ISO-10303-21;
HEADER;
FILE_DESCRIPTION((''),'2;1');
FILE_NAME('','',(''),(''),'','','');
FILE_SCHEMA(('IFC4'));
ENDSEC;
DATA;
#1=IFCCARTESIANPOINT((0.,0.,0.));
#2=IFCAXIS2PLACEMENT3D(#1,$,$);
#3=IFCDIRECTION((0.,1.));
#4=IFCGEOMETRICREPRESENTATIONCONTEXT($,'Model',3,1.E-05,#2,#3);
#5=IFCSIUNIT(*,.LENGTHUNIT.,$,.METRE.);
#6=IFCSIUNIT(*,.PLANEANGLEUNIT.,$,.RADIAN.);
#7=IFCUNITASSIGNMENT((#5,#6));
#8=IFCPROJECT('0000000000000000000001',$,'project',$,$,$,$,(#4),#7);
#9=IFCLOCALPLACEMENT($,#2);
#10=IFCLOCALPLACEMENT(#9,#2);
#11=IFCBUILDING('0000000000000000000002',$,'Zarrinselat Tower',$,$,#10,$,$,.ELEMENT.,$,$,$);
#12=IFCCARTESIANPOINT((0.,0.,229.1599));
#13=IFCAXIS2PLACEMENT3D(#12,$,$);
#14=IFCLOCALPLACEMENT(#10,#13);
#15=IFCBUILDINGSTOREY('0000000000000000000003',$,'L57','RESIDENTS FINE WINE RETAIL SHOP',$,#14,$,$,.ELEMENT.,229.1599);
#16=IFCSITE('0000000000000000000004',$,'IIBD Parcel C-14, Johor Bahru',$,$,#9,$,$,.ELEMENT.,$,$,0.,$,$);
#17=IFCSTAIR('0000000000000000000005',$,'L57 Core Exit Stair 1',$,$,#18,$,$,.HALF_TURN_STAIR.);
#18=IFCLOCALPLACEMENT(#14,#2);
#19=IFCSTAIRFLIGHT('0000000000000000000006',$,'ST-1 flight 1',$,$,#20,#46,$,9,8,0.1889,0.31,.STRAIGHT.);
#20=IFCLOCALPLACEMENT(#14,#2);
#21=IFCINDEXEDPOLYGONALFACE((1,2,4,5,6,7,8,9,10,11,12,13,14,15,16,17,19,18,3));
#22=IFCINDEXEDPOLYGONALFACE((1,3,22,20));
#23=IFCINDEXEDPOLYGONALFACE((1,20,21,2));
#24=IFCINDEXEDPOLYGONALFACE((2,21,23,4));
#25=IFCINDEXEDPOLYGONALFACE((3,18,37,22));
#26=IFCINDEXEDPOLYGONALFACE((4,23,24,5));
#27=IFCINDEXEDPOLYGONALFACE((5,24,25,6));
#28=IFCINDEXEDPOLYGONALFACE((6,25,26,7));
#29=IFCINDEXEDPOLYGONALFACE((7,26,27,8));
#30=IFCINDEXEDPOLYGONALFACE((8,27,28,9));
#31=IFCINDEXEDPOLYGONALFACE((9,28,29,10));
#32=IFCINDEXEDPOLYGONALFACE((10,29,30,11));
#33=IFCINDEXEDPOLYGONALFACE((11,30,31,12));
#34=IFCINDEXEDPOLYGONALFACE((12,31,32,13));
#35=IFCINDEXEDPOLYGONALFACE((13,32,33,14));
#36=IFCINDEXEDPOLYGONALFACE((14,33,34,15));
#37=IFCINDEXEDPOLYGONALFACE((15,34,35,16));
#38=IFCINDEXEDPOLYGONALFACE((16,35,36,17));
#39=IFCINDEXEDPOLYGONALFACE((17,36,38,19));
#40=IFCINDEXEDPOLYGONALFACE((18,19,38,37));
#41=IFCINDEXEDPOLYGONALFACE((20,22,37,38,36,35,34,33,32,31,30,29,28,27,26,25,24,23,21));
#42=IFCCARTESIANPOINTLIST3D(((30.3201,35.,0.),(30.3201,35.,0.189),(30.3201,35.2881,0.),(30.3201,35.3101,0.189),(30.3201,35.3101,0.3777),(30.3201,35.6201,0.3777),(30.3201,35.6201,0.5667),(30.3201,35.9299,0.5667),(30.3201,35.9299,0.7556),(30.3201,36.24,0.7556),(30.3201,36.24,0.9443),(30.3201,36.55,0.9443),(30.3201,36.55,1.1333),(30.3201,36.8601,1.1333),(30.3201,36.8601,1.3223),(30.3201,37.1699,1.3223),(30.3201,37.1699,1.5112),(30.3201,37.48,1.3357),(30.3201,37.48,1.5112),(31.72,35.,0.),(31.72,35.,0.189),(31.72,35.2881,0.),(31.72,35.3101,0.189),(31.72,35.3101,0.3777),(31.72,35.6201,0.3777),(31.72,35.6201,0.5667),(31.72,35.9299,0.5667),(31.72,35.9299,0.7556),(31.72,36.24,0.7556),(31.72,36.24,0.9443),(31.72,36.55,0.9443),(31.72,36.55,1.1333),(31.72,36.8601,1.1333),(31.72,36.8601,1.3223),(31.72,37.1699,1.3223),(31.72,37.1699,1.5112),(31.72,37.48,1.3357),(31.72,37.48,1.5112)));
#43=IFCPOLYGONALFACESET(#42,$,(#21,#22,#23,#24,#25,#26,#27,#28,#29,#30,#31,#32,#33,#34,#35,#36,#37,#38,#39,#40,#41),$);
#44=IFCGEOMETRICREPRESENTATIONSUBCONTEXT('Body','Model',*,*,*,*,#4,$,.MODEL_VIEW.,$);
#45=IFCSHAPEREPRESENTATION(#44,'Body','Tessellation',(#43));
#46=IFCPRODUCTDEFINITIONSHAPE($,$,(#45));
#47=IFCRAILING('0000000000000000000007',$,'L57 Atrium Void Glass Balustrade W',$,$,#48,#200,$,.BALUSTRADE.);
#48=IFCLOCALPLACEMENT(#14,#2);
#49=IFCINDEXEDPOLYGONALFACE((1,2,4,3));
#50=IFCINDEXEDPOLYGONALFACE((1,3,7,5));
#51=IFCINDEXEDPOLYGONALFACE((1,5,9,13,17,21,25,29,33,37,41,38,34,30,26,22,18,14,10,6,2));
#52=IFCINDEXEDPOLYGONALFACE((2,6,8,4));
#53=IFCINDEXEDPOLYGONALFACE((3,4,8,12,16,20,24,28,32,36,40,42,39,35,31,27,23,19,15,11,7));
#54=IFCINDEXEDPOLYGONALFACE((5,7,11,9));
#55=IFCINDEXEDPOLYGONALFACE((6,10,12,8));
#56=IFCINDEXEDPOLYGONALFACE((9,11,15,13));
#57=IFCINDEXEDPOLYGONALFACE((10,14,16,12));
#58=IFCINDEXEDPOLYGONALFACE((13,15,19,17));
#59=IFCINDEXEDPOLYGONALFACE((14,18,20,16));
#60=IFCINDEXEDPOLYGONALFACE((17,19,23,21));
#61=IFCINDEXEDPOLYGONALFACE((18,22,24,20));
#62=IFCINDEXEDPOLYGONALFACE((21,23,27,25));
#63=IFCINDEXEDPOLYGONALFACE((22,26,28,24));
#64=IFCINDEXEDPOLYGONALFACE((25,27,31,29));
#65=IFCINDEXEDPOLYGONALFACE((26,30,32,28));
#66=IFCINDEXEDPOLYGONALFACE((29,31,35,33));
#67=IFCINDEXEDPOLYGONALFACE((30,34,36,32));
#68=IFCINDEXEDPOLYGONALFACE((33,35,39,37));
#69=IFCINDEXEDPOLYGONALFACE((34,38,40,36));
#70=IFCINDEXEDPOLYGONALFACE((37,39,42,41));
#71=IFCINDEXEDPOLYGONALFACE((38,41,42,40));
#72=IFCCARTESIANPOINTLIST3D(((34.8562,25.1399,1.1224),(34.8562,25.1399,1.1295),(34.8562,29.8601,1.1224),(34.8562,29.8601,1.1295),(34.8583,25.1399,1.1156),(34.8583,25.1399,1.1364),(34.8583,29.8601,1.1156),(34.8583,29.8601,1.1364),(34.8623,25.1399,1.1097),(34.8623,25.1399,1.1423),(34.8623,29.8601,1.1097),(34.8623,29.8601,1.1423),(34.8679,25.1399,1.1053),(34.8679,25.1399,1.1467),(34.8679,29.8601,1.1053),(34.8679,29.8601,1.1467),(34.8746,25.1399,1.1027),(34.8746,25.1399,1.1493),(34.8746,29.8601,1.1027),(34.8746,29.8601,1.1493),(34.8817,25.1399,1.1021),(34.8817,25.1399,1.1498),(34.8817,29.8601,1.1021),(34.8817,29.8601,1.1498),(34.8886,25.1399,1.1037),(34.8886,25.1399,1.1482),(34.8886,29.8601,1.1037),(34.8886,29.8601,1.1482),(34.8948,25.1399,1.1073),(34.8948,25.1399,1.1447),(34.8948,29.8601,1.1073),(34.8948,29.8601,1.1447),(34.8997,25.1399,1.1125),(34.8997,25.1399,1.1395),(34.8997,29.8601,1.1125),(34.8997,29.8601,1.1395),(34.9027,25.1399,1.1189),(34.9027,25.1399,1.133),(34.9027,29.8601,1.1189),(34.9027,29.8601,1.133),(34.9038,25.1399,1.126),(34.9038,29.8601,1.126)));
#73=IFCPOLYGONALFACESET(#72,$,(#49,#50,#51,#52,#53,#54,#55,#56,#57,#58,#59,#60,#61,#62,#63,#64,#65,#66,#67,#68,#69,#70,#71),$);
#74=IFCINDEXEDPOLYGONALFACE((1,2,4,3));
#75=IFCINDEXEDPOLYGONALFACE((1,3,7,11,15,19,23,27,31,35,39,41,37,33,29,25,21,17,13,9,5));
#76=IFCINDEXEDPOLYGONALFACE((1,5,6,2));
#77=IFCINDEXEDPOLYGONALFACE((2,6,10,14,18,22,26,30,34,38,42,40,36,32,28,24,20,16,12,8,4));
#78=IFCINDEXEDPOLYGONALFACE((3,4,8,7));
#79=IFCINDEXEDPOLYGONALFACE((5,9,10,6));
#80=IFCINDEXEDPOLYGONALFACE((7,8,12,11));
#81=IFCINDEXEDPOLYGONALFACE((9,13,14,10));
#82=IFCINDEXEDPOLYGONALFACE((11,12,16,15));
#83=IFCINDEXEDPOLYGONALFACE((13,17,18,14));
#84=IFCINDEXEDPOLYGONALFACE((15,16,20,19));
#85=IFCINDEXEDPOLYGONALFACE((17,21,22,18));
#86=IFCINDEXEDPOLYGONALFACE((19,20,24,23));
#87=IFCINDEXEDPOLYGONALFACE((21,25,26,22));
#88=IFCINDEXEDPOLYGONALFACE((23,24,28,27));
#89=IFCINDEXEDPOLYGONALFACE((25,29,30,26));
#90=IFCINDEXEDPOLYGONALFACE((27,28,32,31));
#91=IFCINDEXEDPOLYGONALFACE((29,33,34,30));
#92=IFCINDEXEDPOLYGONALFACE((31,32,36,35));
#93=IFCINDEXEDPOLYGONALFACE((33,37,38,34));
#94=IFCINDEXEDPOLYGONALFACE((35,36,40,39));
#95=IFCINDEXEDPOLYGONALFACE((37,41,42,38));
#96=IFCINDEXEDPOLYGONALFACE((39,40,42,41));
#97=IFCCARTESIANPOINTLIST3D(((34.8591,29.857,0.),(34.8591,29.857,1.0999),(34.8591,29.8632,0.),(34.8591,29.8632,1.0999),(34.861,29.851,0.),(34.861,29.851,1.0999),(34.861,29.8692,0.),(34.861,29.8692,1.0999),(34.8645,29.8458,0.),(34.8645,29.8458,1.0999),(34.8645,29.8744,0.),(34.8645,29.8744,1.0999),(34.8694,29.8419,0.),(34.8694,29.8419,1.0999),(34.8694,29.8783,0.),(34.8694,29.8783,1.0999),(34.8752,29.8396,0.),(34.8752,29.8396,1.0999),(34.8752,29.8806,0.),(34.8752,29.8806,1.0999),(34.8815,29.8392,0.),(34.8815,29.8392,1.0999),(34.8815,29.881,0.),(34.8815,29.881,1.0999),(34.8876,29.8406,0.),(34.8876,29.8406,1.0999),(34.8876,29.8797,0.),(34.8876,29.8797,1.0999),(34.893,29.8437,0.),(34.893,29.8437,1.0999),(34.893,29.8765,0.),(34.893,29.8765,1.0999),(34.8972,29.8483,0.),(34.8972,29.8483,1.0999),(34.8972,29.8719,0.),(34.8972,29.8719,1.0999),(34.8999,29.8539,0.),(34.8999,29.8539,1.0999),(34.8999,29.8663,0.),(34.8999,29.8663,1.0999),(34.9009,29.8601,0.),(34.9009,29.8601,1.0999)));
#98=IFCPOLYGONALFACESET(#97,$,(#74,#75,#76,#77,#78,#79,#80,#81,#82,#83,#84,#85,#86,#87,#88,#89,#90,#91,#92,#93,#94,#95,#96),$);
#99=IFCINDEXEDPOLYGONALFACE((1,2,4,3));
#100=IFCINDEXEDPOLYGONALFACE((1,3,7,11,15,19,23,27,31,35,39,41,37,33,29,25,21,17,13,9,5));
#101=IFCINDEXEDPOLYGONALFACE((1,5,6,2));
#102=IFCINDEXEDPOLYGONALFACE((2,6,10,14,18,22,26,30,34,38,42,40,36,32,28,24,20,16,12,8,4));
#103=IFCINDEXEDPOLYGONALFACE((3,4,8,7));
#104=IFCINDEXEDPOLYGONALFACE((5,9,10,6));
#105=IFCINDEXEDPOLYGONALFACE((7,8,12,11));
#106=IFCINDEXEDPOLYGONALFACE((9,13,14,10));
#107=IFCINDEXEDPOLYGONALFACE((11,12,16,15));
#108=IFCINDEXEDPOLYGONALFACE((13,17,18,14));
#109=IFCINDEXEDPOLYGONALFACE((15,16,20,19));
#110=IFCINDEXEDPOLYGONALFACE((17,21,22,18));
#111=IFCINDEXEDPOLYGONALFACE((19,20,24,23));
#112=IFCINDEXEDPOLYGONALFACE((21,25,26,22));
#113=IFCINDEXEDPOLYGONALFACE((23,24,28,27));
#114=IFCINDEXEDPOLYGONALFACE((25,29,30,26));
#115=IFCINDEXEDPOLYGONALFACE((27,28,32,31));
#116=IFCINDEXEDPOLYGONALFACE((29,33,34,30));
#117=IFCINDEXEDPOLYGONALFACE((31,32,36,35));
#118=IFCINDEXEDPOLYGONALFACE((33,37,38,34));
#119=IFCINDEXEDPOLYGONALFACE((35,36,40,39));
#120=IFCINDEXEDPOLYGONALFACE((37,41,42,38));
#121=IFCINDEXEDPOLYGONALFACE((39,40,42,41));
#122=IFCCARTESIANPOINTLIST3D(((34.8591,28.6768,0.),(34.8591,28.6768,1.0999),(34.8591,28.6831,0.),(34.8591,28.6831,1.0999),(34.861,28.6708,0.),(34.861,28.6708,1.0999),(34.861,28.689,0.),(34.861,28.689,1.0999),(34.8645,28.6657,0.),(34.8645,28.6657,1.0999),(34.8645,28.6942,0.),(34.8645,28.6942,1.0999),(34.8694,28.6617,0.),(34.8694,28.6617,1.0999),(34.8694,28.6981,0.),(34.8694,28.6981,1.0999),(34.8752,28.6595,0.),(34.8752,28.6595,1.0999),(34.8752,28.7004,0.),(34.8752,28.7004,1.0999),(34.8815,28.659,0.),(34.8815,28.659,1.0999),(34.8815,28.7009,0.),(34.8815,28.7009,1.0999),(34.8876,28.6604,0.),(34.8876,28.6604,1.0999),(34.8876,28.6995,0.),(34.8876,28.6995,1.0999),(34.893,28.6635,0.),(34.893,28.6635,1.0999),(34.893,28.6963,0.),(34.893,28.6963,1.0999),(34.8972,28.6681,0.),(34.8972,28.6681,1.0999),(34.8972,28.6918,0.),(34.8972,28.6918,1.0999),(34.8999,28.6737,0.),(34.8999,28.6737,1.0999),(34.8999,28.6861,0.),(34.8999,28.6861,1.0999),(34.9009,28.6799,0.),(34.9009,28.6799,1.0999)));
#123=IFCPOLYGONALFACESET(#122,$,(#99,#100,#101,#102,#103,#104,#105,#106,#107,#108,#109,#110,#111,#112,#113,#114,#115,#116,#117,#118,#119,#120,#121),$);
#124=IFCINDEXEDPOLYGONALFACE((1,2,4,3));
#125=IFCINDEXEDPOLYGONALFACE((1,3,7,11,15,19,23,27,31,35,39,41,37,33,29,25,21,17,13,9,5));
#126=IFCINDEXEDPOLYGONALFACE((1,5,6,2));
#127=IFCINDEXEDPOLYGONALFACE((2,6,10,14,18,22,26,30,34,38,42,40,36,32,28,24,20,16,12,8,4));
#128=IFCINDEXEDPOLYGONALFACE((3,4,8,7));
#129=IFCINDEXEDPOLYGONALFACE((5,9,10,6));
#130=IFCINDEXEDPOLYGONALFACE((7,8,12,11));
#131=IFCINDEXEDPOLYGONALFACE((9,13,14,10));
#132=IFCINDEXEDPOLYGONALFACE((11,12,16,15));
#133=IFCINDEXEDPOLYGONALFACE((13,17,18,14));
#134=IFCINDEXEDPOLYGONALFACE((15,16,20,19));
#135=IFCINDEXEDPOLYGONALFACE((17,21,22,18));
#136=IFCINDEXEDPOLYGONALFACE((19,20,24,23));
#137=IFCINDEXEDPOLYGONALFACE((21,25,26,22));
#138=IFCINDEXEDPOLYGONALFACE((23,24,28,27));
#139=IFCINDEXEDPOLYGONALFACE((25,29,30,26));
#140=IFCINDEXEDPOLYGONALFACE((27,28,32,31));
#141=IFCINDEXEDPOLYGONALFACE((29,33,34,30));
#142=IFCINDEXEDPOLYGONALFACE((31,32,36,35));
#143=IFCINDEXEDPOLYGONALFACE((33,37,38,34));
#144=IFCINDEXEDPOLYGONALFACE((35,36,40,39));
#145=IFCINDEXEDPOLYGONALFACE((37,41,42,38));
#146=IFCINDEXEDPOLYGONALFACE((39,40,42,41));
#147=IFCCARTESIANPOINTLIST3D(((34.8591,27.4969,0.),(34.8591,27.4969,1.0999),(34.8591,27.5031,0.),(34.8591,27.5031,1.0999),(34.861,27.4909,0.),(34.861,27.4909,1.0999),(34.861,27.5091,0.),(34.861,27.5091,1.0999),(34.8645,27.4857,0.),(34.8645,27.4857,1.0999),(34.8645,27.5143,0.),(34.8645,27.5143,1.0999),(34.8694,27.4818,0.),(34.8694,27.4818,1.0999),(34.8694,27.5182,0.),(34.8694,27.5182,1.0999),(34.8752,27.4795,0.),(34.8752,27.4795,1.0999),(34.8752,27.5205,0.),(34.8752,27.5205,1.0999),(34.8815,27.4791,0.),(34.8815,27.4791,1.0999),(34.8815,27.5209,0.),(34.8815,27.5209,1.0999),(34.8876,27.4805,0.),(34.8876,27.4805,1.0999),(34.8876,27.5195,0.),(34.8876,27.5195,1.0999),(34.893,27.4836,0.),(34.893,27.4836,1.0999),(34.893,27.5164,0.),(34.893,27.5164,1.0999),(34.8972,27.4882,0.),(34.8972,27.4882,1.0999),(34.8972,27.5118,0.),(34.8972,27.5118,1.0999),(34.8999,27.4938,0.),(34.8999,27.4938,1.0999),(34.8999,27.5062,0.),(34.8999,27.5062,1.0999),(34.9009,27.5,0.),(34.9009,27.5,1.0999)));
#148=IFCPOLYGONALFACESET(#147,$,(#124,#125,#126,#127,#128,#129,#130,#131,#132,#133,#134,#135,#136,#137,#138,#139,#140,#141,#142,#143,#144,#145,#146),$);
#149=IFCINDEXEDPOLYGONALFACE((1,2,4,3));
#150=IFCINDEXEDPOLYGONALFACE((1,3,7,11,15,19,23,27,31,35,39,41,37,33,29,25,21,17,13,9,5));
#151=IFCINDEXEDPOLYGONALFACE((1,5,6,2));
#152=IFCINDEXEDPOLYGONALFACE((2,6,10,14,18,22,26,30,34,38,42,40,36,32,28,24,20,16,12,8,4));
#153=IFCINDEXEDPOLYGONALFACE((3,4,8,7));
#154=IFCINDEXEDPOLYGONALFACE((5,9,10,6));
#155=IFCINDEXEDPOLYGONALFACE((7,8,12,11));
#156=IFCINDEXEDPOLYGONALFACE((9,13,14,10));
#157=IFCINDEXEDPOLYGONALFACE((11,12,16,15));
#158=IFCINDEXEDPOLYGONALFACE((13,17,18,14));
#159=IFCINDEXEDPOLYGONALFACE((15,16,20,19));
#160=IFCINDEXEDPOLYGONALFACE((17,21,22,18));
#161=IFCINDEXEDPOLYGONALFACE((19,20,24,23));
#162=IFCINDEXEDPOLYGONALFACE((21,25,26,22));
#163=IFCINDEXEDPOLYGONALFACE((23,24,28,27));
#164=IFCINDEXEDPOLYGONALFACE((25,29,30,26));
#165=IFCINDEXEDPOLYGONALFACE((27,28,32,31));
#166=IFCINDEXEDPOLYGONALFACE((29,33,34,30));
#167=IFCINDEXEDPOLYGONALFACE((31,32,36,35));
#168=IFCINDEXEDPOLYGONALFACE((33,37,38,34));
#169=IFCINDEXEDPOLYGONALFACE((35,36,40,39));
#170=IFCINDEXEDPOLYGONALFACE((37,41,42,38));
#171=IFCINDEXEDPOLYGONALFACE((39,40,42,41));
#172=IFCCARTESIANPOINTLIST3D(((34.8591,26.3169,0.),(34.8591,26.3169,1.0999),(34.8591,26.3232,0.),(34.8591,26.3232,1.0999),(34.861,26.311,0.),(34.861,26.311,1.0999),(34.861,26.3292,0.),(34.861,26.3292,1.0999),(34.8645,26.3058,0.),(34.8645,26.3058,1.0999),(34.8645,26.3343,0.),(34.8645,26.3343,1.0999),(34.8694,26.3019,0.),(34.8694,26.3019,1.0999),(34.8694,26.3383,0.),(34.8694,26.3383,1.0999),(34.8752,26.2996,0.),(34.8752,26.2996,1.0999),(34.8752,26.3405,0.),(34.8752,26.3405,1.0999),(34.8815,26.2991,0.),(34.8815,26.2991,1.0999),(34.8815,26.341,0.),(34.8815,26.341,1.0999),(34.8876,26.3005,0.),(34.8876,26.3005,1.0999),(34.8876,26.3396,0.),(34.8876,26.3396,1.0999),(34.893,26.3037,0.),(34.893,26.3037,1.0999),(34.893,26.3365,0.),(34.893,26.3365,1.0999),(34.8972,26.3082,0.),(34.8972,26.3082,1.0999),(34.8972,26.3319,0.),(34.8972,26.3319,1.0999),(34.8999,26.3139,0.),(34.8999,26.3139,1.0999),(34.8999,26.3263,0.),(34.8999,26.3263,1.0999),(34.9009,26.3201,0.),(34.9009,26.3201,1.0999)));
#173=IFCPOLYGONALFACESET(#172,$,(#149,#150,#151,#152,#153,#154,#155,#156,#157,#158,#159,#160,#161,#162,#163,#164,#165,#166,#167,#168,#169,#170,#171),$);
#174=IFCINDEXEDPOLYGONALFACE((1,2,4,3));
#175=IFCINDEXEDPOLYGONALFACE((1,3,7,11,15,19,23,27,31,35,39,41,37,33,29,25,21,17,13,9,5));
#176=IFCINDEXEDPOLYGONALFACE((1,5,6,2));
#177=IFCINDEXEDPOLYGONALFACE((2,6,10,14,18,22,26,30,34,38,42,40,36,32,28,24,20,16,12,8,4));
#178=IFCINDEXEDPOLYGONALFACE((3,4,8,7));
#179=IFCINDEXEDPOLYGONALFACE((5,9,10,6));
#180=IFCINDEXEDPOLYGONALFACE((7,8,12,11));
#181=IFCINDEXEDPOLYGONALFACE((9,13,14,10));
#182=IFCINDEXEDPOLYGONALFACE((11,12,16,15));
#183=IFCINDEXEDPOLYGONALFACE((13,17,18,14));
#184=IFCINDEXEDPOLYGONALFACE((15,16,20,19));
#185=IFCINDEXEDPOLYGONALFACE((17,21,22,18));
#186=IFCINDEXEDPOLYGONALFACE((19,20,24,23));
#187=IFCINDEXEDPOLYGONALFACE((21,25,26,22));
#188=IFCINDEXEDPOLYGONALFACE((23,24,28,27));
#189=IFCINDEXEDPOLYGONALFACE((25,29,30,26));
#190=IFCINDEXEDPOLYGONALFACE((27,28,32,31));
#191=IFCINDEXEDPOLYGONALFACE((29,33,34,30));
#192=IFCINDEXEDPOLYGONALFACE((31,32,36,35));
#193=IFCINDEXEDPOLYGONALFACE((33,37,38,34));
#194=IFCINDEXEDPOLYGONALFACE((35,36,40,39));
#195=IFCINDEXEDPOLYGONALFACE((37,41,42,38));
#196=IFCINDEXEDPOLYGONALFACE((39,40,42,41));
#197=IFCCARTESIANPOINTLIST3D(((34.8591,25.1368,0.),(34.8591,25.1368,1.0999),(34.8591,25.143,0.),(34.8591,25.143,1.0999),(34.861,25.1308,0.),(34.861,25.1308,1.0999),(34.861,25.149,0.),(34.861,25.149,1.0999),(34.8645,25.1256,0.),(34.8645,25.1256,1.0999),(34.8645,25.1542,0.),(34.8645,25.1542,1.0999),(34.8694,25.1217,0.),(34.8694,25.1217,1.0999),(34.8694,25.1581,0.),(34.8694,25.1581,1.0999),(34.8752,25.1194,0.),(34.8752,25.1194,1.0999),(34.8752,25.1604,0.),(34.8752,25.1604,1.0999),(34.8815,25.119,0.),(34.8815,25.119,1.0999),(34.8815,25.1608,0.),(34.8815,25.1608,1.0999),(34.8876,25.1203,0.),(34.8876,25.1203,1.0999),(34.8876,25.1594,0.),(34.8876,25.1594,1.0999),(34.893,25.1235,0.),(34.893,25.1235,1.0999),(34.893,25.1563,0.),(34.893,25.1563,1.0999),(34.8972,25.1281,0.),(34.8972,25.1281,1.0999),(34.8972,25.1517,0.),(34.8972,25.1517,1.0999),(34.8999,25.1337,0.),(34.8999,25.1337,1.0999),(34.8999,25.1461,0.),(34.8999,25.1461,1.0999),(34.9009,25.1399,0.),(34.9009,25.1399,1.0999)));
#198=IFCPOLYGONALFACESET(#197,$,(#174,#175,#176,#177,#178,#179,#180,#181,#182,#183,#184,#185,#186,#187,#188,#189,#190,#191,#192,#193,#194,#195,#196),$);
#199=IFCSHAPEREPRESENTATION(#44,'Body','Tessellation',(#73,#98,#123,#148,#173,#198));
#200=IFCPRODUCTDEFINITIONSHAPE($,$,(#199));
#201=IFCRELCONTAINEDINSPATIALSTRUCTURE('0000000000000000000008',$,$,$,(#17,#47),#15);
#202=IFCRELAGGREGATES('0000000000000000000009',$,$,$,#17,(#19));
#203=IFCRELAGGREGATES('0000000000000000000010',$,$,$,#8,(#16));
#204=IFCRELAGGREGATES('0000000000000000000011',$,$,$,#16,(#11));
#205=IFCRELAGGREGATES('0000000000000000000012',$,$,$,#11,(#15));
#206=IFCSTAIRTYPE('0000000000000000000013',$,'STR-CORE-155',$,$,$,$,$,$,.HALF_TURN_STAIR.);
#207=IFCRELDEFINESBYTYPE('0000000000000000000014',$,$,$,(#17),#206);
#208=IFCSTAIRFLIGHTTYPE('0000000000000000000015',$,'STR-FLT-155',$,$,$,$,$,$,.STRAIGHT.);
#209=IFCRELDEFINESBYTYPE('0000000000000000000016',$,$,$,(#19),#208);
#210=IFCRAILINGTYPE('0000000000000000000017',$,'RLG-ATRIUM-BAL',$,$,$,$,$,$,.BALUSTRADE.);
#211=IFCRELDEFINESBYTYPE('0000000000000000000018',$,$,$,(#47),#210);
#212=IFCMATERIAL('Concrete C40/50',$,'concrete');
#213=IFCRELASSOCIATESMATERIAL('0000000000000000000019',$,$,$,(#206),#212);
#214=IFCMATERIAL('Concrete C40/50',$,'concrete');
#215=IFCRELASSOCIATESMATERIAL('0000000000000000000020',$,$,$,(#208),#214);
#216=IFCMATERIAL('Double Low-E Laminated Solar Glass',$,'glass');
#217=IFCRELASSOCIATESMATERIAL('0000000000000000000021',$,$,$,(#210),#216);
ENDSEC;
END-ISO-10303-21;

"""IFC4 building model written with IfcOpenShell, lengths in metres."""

from ifc_helpers import new_model, si_unit, direction, frame, origin, origin_2d, place, context, subcontext, project, spatial, polyline, circle, outline, extrude, material, type_object, element, aggregate, save


model = new_model("IFC4")

# Units and contexts
model_context = context("Model", 3, precision=1e-05, world=origin(), true_north=direction((0.0, 1.0)))
body_context = subcontext(model_context, "Body", "Model", "MODEL_VIEW")
ifc_project = project(units=[si_unit("LENGTHUNIT", "METRE"), si_unit("PLANEANGLEUNIT", "RADIAN")], contexts=[model_context])

# Site, building, storey
site_placement = place(None, origin())
site = spatial("IfcSite", under=ifc_project, at=site_placement, Name="IIBD Parcel C-14, Johor Bahru", CompositionType="ELEMENT", RefElevation=0.0)
building_placement = place(site_placement, origin())
building = spatial("IfcBuilding", under=site, at=building_placement, Name="Zarrinselat Tower", CompositionType="ELEMENT")
storey_placement = place(building_placement, frame((0.0, 0.0, 229.1599)))
storey = spatial("IfcBuildingStorey", under=building, at=storey_placement, Name="L57", Description="RESIDENTS FINE WINE RETAIL SHOP", CompositionType="ELEMENT", Elevation=229.1599)

# Stair, stair flight
ifc_material_1 = material(Name="Concrete C40/50", Category="concrete")
stair_type = type_object("IfcStairType", Name="STR-CORE-155", PredefinedType="HALF_TURN_STAIR", material=ifc_material_1)
stair_placement = place(storey_placement, origin())
stair = element("IfcStair", 1, at=stair_placement, inside=storey, type_object=stair_type, Name="L57 Core Exit Stair 1", PredefinedType="HALF_TURN_STAIR")
ifc_material_2 = material(Name="Concrete C40/50", Category="concrete")
stair_flight_type = type_object("IfcStairFlightType", Name="STR-FLT-155", PredefinedType="STRAIGHT", material=ifc_material_2)
stair_flight_placement = place(storey_placement, frame((31.02, 35.0, 0.0), z_axis=(0.0, 0.0, 1.0), x_axis=(0.0, 1.0, 0.0)))
stair_flight = element("IfcStairFlight", 2, at=stair_flight_placement, type_object=stair_flight_type, Name="ST-1 flight 1", NumberOfRisers=9, NumberOfTreads=8, PredefinedType="STRAIGHT", RiserHeight=0.1889, TreadLength=0.31, context=body_context, shape_type="SweptSolid", body=[
    extrude(outline(polyline([(0.0, 0.0), (0.0, 0.189), (0.3101, 0.189), (0.3101, 0.3777), (0.6201, 0.3777), (0.6201, 0.5667), (0.9299, 0.5667), (0.9299, 0.7556), (1.24, 0.7556), (1.24, 0.9443), (1.55, 0.9443), (1.55, 1.1333), (1.8601, 1.1333), (1.8601, 1.3223), (2.1699, 1.3223), (2.1699, 1.5112), (2.48, 1.5112), (2.48, 1.7), (2.48, 1.3357), (0.2881, 0.0), (0.0, 0.0)])), frame((0.0, 0.7, 0.0), z_axis=(0.0, -1.0, 0.0), x_axis=(1.0, 0.0, 0.0)), (0.0, 0.0, 1.0), 1.3999),
])
aggregate(stair, [stair_flight])

# Railing
ifc_material_3 = material(Name="Double Low-E Laminated Solar Glass", Category="glass")
railing_type_1 = type_object("IfcRailingType", Name="RLG-ATRIUM-BAL", PredefinedType="BALUSTRADE", material=ifc_material_3)
railing_1_placement = place(storey_placement, frame((34.8799, 29.8601, 0.0)))
element("IfcRailing", 3, at=railing_1_placement, inside=storey, type_object=railing_type_1, Name="L57 Atrium Void Glass Balustrade W", PredefinedType="BALUSTRADE", context=body_context, shape_type="SweptSolid", body=[
    extrude(circle(Radius=0.0239, at=origin_2d()), frame((0.0, 0.0, 1.126), z_axis=(0.0, -1.0, 0.0), x_axis=(1.0, 0.0, 0.0)), (0.0, 0.0, 1.0), 4.7202),
    extrude(circle(Radius=0.021, at=origin_2d()), origin(), (0.0, 0.0, 1.0), 1.0999),
    extrude(circle(Radius=0.021, at=origin_2d()), frame((0.0, -1.1802, 0.0)), (0.0, 0.0, 1.0), 1.0999),
    extrude(circle(Radius=0.021, at=origin_2d()), frame((0.0, -2.3601, 0.0)), (0.0, 0.0, 1.0), 1.0999),
    extrude(circle(Radius=0.021, at=origin_2d()), frame((0.0, -3.54, 0.0)), (0.0, 0.0, 1.0), 1.0999),
    extrude(circle(Radius=0.021, at=origin_2d()), frame((0.0, -4.7202, 0.0)), (0.0, 0.0, 1.0), 1.0999),
])

save(model, "model.ifc")
